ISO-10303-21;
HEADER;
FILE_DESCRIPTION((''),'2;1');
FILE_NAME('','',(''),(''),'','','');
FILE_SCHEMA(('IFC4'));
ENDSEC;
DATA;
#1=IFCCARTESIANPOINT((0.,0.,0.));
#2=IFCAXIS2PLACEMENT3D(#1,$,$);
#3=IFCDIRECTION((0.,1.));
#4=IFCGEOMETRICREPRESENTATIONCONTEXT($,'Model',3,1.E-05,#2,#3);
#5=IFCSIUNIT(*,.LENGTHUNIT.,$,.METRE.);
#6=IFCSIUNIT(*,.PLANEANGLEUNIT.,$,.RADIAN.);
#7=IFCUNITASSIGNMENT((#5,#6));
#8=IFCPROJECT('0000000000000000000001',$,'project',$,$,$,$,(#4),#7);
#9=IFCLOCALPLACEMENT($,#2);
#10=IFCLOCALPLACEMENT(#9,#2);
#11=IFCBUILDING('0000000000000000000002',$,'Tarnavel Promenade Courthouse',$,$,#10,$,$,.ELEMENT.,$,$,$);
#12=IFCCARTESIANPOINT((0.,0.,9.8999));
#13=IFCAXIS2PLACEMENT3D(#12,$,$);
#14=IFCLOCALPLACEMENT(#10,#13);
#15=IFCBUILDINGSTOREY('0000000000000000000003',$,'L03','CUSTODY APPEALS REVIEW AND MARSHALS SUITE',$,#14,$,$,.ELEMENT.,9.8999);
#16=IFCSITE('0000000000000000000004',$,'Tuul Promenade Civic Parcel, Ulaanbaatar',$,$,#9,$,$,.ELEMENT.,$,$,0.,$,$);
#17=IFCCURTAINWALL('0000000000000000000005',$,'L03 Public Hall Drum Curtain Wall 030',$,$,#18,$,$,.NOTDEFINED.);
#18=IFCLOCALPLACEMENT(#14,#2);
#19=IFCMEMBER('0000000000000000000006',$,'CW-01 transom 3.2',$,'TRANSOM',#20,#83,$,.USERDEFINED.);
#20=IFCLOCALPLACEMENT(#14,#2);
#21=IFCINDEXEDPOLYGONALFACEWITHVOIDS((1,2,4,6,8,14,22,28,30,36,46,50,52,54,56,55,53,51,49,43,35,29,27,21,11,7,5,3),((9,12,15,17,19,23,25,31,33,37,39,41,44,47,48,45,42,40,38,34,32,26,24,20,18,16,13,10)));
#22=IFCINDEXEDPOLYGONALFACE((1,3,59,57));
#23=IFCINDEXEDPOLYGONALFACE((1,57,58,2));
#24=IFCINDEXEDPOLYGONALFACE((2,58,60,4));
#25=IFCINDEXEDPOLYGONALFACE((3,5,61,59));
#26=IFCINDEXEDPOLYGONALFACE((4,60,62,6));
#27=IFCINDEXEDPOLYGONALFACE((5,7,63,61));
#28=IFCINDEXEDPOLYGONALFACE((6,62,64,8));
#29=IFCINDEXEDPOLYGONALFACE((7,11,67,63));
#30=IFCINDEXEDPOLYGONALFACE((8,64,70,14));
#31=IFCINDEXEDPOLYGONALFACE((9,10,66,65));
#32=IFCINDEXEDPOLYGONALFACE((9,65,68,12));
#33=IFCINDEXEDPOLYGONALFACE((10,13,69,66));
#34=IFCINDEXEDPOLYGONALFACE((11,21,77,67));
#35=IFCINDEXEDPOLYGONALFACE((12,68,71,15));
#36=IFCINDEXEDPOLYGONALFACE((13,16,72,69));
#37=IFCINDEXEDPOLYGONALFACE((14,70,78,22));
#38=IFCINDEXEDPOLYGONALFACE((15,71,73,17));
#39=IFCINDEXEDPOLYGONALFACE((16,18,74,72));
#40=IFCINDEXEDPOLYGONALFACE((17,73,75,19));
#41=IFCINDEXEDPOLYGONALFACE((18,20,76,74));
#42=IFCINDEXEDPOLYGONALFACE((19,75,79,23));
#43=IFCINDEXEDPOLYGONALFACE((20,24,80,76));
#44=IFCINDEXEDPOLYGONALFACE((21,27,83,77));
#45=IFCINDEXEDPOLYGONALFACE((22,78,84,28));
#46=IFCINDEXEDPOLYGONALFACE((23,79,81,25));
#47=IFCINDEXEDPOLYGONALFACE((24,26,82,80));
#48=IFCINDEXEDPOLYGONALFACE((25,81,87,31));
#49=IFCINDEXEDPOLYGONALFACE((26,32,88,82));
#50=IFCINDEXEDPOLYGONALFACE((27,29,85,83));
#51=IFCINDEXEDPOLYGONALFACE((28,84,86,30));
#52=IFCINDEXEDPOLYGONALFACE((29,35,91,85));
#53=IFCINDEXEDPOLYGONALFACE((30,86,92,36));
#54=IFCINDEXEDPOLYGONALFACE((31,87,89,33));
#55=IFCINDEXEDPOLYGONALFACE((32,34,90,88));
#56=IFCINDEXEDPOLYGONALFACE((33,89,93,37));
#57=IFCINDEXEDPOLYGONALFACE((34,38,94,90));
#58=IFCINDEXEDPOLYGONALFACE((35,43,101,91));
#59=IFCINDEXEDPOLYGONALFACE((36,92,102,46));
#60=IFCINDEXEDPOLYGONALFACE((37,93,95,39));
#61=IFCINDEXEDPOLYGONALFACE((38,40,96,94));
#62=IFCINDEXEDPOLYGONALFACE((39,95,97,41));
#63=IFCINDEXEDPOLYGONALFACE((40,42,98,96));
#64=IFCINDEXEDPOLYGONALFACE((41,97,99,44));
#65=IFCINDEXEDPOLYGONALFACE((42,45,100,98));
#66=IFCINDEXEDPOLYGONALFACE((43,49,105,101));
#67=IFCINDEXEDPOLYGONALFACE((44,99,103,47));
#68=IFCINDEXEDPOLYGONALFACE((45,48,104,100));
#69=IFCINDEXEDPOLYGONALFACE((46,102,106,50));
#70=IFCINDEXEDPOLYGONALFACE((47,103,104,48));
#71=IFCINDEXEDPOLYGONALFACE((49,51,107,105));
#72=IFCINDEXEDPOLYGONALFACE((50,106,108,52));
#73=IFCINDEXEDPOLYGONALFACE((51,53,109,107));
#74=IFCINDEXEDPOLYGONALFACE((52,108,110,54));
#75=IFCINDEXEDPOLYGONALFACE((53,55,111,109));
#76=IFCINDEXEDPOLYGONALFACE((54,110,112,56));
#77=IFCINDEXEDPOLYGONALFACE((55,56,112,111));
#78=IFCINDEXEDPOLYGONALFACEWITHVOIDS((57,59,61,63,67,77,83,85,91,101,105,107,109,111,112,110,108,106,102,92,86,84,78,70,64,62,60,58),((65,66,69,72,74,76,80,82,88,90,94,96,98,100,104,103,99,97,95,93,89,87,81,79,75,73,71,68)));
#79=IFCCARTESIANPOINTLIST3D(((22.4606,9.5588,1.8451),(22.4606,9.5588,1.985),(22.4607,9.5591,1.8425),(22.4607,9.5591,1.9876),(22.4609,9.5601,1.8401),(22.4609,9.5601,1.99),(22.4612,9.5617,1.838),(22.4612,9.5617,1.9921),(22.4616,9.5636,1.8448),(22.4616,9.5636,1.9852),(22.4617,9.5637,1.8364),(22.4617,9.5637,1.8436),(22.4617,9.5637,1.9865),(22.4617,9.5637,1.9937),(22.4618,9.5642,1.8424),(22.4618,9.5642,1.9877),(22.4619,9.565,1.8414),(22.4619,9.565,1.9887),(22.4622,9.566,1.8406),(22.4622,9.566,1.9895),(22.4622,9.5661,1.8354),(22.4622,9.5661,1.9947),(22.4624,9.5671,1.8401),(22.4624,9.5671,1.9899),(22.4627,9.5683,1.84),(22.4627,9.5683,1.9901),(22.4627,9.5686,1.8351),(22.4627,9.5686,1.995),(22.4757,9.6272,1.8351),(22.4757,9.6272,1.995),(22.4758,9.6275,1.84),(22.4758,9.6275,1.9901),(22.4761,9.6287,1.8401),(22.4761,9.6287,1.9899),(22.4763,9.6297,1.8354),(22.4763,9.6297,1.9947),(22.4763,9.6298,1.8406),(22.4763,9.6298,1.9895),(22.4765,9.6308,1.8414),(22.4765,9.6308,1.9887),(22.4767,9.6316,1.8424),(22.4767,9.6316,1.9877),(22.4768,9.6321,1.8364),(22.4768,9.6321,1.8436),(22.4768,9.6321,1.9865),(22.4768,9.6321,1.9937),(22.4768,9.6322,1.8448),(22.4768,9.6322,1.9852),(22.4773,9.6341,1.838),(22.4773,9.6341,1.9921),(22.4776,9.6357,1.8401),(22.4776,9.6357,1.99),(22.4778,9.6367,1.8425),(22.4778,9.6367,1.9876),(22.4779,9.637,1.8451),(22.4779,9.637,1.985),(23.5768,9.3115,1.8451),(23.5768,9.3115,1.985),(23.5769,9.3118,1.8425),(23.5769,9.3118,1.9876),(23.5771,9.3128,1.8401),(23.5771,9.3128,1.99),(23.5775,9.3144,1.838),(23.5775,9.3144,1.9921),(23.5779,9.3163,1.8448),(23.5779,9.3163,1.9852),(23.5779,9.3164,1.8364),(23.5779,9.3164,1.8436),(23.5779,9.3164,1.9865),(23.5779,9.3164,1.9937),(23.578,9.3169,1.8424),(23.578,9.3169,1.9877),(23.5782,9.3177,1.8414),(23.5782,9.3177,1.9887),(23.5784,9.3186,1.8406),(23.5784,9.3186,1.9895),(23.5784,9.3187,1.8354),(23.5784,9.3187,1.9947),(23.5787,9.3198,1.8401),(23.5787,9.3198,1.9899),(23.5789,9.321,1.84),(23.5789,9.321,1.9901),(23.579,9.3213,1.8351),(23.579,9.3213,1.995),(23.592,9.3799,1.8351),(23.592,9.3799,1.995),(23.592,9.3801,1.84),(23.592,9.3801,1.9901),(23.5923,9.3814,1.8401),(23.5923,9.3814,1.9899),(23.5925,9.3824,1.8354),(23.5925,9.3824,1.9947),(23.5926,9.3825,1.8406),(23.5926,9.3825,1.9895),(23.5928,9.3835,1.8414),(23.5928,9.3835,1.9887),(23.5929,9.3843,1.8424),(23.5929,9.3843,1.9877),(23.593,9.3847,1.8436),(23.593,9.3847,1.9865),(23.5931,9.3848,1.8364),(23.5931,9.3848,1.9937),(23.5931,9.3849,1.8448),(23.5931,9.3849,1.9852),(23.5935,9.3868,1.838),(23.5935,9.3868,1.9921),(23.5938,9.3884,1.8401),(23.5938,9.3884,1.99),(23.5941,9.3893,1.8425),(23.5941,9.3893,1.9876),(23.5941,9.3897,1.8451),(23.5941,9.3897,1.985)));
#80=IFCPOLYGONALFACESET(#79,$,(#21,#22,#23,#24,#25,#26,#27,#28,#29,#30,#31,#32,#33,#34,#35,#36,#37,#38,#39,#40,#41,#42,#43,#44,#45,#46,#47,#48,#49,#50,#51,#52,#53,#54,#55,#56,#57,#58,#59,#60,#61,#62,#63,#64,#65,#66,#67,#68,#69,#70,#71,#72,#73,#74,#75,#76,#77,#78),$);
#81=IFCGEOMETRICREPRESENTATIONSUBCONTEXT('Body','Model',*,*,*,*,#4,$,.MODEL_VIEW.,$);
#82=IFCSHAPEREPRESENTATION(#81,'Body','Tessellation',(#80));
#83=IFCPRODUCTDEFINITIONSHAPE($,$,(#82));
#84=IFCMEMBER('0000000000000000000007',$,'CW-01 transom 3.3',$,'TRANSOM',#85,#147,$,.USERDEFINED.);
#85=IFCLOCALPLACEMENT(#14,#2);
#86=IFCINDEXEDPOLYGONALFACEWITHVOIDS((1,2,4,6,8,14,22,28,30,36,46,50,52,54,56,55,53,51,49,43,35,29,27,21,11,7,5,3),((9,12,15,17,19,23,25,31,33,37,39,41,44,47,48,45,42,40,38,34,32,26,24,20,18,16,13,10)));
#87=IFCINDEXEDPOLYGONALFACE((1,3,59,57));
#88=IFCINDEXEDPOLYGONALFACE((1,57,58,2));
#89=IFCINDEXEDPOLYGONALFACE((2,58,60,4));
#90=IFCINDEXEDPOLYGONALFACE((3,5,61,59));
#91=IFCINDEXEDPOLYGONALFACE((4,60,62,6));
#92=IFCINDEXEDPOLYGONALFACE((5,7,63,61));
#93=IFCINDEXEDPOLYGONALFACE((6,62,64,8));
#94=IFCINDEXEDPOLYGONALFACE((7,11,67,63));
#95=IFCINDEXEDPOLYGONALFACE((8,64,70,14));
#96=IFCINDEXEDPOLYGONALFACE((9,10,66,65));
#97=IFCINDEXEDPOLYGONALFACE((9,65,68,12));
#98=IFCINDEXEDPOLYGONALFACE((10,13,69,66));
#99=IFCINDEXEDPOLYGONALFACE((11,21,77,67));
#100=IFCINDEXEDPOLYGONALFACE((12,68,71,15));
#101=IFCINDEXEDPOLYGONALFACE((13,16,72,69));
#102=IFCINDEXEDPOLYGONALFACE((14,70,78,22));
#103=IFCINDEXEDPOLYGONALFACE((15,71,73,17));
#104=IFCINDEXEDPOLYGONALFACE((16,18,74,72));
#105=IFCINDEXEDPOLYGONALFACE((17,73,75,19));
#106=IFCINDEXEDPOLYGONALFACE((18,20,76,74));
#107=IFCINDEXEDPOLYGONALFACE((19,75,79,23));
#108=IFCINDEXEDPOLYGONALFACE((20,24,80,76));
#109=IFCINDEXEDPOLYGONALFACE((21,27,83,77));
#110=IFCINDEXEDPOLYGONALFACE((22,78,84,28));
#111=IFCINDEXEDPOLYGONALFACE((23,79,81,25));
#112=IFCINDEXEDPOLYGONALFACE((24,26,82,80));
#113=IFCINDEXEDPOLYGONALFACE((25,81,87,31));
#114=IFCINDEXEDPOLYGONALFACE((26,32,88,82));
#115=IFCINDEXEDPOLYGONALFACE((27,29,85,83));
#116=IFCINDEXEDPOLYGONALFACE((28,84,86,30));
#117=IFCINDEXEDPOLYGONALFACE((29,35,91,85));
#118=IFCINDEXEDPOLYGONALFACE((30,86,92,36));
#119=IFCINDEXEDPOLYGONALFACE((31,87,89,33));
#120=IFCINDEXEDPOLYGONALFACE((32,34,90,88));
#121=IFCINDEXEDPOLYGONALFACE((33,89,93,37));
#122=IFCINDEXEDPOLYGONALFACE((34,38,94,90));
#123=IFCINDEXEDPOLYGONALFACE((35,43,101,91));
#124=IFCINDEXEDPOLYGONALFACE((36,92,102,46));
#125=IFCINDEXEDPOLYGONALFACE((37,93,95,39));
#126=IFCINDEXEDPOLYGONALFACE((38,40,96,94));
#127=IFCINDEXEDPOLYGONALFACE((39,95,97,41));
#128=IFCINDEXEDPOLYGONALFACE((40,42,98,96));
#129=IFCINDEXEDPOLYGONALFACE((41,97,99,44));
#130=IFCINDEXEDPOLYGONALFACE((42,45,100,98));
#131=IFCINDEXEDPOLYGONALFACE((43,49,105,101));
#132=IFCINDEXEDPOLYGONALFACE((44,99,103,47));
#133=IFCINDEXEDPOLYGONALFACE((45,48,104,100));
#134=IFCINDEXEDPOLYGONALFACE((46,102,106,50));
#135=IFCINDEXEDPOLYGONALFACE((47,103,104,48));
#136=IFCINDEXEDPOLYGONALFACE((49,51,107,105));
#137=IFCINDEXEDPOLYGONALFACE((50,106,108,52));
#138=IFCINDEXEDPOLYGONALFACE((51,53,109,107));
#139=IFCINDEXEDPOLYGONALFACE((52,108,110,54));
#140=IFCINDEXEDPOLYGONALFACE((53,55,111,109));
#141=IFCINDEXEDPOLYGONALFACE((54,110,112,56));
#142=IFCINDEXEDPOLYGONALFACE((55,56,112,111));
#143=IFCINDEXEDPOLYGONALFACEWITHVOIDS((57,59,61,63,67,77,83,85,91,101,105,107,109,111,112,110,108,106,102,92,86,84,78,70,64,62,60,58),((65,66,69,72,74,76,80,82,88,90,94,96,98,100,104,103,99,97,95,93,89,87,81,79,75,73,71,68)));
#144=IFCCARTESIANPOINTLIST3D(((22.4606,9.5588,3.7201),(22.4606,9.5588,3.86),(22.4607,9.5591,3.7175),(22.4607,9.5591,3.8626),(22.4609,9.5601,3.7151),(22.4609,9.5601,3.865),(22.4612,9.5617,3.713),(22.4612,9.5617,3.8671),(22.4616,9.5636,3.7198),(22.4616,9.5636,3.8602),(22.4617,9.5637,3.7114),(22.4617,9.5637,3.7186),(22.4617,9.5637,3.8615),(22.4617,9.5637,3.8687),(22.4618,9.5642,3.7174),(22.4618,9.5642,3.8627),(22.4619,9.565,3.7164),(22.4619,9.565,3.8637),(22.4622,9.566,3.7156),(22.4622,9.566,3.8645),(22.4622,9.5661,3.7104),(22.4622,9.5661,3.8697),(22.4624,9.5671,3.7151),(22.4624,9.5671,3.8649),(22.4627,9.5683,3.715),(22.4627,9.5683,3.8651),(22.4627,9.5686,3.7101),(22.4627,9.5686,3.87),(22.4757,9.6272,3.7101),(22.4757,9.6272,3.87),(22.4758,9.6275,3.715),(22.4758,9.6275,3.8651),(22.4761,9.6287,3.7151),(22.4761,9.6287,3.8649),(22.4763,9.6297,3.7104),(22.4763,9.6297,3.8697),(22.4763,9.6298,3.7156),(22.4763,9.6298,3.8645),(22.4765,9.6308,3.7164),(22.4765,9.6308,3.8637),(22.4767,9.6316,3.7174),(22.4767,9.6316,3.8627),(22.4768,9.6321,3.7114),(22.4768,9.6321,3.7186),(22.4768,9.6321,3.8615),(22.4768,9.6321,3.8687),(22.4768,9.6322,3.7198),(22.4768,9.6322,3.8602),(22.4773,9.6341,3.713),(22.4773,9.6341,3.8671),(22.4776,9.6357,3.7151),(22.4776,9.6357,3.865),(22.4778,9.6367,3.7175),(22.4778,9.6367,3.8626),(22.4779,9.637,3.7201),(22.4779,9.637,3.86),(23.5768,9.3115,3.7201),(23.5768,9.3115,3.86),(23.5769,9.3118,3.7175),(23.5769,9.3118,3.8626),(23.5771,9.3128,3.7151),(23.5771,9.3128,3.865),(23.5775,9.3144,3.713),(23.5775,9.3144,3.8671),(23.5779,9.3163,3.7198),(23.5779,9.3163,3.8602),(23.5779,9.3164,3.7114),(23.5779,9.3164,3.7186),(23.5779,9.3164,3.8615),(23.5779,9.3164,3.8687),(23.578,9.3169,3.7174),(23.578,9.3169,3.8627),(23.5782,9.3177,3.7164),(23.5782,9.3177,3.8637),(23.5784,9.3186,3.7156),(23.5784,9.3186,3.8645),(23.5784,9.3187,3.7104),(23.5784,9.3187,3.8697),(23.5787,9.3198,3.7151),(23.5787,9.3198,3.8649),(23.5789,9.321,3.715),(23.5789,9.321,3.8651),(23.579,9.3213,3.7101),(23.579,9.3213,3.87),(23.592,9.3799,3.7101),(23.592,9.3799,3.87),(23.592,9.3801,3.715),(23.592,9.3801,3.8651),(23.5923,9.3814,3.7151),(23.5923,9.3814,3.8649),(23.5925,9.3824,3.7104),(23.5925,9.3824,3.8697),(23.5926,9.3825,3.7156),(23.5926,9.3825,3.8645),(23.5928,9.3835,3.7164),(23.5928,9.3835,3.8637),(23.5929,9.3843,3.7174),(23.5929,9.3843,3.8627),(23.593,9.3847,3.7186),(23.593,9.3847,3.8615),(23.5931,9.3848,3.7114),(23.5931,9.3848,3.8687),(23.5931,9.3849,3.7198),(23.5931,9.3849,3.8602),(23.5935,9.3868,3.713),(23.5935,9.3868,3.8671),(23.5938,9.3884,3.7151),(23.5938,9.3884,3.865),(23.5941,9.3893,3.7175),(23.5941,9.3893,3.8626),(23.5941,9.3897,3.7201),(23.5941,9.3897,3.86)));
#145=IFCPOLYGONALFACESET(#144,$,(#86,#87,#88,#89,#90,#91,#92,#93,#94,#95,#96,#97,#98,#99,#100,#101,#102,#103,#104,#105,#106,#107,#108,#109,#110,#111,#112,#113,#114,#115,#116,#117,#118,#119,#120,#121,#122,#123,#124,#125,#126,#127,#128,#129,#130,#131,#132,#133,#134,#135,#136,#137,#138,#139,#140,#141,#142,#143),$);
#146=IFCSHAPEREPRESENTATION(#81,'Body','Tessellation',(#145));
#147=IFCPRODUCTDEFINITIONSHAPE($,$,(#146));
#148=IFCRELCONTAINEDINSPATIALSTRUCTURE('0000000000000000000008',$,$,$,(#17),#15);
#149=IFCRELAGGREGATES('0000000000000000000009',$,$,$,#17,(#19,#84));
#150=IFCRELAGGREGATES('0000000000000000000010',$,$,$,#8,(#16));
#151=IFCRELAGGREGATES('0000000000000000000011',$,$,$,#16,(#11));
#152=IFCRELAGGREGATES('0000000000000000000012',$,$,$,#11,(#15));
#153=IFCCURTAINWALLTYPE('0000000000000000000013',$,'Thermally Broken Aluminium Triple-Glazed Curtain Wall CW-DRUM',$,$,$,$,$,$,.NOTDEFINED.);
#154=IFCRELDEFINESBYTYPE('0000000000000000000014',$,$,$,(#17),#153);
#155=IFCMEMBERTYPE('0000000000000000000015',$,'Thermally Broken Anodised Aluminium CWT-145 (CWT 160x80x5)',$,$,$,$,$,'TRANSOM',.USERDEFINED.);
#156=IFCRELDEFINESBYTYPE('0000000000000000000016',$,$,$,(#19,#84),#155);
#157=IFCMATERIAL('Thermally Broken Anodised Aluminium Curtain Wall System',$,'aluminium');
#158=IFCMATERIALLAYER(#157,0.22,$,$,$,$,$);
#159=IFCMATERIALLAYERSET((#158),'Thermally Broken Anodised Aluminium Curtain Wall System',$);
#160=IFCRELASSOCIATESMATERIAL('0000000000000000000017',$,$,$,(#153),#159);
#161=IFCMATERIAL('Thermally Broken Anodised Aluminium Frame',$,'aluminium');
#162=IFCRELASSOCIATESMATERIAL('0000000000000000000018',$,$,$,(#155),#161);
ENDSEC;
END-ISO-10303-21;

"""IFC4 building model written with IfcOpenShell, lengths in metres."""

from ifc_helpers import new_model, si_unit, direction, frame, origin, origin_2d, place, context, subcontext, project, spatial, hollow_rectangle, extrude, material, layer, layer_set, material_profile, profile_set, type_object, element, aggregate, save


model = new_model("IFC4")

# Units and contexts
model_context = context("Model", 3, precision=1e-05, world=origin(), true_north=direction((0.0, 1.0)))
body_context = subcontext(model_context, "Body", "Model", "MODEL_VIEW")
ifc_project = project(units=[si_unit("LENGTHUNIT", "METRE"), si_unit("PLANEANGLEUNIT", "RADIAN")], contexts=[model_context])

# Site, building, storey
site_placement = place(None, origin())
site = spatial("IfcSite", under=ifc_project, at=site_placement, Name="Tuul Promenade Civic Parcel, Ulaanbaatar", CompositionType="ELEMENT", RefElevation=0.0)
building_placement = place(site_placement, origin())
building = spatial("IfcBuilding", under=site, at=building_placement, Name="Tarnavel Promenade Courthouse", CompositionType="ELEMENT")
storey_placement = place(building_placement, frame((0.0, 0.0, 9.8999)))
storey = spatial("IfcBuildingStorey", under=building, at=storey_placement, Name="L03", Description="CUSTODY APPEALS REVIEW AND MARSHALS SUITE", CompositionType="ELEMENT", Elevation=9.8999)

# Curtain wall
ifc_material_1 = material(Name="Thermally Broken Anodised Aluminium Curtain Wall System", Category="aluminium")
ifc_layer_1 = layer(ifc_material_1, 0.22)
ifc_layer_set_1 = layer_set([ifc_layer_1], Name="Thermally Broken Anodised Aluminium Curtain Wall System")
curtain_wall_type = type_object("IfcCurtainWallType", Name="Thermally Broken Aluminium Triple-Glazed Curtain Wall CW-DRUM", PredefinedType="NOTDEFINED", material=ifc_layer_set_1)
curtain_wall_1_placement = place(storey_placement, origin())
curtain_wall_1 = element("IfcCurtainWall", 1, at=curtain_wall_1_placement, inside=storey, type_object=curtain_wall_type, Name="L03 Public Hall Drum Curtain Wall 030", PredefinedType="NOTDEFINED")
ifc_material_2 = material(Name="Thermally Broken Anodised Aluminium Frame", Category="aluminium")

# Members
ifc_material_profile_1 = material_profile(ifc_material_2, hollow_rectangle(XDim=0.0801, YDim=0.1599, WallThickness=0.0049, InnerFilletRadius=0.0049, OuterFilletRadius=0.01, at=origin_2d()), Name="CWT 160x80x5")
ifc_profile_set_1 = profile_set([ifc_material_profile_1], Name="Thermally Broken Anodised Aluminium Frame")
member_type_1 = type_object("IfcMemberType", Name="Thermally Broken Anodised Aluminium CWT-145 (CWT 160x80x5)", ElementType="TRANSOM", PredefinedType="USERDEFINED", material=ifc_profile_set_1)
member_1_placement = place(storey_placement, frame((22.4692, 9.5979, 1.915), z_axis=(0.976323, -0.21632, 0.0), x_axis=(0.21632, 0.976323, 0.0)))
member_1 = element("IfcMember", 2, at=member_1_placement, type_object=member_type_1, Name="CW-01 transom 3.2", ObjectType="TRANSOM", PredefinedType="USERDEFINED", context=body_context, shape_type="SweptSolid", body=[
    extrude(hollow_rectangle(XDim=0.0801, YDim=0.1599, WallThickness=0.0049, InnerFilletRadius=0.0049, OuterFilletRadius=0.01, at=origin_2d()), origin(), (0.0, 0.0, 1.0), 1.1433),
])
member_2_placement = place(storey_placement, frame((22.4692, 9.5979, 3.79), z_axis=(0.976323, -0.21632, 0.0), x_axis=(0.21632, 0.976323, 0.0)))
member_2 = element("IfcMember", 3, at=member_2_placement, type_object=member_type_1, Name="CW-01 transom 3.3", ObjectType="TRANSOM", PredefinedType="USERDEFINED", context=body_context, shape_type="SweptSolid", body=[
    extrude(hollow_rectangle(XDim=0.0801, YDim=0.1599, WallThickness=0.0049, InnerFilletRadius=0.0049, OuterFilletRadius=0.01, at=origin_2d()), origin(), (0.0, 0.0, 1.0), 1.1433),
])

aggregate(curtain_wall_1, [member_1, member_2])

save(model, "model.ifc")
